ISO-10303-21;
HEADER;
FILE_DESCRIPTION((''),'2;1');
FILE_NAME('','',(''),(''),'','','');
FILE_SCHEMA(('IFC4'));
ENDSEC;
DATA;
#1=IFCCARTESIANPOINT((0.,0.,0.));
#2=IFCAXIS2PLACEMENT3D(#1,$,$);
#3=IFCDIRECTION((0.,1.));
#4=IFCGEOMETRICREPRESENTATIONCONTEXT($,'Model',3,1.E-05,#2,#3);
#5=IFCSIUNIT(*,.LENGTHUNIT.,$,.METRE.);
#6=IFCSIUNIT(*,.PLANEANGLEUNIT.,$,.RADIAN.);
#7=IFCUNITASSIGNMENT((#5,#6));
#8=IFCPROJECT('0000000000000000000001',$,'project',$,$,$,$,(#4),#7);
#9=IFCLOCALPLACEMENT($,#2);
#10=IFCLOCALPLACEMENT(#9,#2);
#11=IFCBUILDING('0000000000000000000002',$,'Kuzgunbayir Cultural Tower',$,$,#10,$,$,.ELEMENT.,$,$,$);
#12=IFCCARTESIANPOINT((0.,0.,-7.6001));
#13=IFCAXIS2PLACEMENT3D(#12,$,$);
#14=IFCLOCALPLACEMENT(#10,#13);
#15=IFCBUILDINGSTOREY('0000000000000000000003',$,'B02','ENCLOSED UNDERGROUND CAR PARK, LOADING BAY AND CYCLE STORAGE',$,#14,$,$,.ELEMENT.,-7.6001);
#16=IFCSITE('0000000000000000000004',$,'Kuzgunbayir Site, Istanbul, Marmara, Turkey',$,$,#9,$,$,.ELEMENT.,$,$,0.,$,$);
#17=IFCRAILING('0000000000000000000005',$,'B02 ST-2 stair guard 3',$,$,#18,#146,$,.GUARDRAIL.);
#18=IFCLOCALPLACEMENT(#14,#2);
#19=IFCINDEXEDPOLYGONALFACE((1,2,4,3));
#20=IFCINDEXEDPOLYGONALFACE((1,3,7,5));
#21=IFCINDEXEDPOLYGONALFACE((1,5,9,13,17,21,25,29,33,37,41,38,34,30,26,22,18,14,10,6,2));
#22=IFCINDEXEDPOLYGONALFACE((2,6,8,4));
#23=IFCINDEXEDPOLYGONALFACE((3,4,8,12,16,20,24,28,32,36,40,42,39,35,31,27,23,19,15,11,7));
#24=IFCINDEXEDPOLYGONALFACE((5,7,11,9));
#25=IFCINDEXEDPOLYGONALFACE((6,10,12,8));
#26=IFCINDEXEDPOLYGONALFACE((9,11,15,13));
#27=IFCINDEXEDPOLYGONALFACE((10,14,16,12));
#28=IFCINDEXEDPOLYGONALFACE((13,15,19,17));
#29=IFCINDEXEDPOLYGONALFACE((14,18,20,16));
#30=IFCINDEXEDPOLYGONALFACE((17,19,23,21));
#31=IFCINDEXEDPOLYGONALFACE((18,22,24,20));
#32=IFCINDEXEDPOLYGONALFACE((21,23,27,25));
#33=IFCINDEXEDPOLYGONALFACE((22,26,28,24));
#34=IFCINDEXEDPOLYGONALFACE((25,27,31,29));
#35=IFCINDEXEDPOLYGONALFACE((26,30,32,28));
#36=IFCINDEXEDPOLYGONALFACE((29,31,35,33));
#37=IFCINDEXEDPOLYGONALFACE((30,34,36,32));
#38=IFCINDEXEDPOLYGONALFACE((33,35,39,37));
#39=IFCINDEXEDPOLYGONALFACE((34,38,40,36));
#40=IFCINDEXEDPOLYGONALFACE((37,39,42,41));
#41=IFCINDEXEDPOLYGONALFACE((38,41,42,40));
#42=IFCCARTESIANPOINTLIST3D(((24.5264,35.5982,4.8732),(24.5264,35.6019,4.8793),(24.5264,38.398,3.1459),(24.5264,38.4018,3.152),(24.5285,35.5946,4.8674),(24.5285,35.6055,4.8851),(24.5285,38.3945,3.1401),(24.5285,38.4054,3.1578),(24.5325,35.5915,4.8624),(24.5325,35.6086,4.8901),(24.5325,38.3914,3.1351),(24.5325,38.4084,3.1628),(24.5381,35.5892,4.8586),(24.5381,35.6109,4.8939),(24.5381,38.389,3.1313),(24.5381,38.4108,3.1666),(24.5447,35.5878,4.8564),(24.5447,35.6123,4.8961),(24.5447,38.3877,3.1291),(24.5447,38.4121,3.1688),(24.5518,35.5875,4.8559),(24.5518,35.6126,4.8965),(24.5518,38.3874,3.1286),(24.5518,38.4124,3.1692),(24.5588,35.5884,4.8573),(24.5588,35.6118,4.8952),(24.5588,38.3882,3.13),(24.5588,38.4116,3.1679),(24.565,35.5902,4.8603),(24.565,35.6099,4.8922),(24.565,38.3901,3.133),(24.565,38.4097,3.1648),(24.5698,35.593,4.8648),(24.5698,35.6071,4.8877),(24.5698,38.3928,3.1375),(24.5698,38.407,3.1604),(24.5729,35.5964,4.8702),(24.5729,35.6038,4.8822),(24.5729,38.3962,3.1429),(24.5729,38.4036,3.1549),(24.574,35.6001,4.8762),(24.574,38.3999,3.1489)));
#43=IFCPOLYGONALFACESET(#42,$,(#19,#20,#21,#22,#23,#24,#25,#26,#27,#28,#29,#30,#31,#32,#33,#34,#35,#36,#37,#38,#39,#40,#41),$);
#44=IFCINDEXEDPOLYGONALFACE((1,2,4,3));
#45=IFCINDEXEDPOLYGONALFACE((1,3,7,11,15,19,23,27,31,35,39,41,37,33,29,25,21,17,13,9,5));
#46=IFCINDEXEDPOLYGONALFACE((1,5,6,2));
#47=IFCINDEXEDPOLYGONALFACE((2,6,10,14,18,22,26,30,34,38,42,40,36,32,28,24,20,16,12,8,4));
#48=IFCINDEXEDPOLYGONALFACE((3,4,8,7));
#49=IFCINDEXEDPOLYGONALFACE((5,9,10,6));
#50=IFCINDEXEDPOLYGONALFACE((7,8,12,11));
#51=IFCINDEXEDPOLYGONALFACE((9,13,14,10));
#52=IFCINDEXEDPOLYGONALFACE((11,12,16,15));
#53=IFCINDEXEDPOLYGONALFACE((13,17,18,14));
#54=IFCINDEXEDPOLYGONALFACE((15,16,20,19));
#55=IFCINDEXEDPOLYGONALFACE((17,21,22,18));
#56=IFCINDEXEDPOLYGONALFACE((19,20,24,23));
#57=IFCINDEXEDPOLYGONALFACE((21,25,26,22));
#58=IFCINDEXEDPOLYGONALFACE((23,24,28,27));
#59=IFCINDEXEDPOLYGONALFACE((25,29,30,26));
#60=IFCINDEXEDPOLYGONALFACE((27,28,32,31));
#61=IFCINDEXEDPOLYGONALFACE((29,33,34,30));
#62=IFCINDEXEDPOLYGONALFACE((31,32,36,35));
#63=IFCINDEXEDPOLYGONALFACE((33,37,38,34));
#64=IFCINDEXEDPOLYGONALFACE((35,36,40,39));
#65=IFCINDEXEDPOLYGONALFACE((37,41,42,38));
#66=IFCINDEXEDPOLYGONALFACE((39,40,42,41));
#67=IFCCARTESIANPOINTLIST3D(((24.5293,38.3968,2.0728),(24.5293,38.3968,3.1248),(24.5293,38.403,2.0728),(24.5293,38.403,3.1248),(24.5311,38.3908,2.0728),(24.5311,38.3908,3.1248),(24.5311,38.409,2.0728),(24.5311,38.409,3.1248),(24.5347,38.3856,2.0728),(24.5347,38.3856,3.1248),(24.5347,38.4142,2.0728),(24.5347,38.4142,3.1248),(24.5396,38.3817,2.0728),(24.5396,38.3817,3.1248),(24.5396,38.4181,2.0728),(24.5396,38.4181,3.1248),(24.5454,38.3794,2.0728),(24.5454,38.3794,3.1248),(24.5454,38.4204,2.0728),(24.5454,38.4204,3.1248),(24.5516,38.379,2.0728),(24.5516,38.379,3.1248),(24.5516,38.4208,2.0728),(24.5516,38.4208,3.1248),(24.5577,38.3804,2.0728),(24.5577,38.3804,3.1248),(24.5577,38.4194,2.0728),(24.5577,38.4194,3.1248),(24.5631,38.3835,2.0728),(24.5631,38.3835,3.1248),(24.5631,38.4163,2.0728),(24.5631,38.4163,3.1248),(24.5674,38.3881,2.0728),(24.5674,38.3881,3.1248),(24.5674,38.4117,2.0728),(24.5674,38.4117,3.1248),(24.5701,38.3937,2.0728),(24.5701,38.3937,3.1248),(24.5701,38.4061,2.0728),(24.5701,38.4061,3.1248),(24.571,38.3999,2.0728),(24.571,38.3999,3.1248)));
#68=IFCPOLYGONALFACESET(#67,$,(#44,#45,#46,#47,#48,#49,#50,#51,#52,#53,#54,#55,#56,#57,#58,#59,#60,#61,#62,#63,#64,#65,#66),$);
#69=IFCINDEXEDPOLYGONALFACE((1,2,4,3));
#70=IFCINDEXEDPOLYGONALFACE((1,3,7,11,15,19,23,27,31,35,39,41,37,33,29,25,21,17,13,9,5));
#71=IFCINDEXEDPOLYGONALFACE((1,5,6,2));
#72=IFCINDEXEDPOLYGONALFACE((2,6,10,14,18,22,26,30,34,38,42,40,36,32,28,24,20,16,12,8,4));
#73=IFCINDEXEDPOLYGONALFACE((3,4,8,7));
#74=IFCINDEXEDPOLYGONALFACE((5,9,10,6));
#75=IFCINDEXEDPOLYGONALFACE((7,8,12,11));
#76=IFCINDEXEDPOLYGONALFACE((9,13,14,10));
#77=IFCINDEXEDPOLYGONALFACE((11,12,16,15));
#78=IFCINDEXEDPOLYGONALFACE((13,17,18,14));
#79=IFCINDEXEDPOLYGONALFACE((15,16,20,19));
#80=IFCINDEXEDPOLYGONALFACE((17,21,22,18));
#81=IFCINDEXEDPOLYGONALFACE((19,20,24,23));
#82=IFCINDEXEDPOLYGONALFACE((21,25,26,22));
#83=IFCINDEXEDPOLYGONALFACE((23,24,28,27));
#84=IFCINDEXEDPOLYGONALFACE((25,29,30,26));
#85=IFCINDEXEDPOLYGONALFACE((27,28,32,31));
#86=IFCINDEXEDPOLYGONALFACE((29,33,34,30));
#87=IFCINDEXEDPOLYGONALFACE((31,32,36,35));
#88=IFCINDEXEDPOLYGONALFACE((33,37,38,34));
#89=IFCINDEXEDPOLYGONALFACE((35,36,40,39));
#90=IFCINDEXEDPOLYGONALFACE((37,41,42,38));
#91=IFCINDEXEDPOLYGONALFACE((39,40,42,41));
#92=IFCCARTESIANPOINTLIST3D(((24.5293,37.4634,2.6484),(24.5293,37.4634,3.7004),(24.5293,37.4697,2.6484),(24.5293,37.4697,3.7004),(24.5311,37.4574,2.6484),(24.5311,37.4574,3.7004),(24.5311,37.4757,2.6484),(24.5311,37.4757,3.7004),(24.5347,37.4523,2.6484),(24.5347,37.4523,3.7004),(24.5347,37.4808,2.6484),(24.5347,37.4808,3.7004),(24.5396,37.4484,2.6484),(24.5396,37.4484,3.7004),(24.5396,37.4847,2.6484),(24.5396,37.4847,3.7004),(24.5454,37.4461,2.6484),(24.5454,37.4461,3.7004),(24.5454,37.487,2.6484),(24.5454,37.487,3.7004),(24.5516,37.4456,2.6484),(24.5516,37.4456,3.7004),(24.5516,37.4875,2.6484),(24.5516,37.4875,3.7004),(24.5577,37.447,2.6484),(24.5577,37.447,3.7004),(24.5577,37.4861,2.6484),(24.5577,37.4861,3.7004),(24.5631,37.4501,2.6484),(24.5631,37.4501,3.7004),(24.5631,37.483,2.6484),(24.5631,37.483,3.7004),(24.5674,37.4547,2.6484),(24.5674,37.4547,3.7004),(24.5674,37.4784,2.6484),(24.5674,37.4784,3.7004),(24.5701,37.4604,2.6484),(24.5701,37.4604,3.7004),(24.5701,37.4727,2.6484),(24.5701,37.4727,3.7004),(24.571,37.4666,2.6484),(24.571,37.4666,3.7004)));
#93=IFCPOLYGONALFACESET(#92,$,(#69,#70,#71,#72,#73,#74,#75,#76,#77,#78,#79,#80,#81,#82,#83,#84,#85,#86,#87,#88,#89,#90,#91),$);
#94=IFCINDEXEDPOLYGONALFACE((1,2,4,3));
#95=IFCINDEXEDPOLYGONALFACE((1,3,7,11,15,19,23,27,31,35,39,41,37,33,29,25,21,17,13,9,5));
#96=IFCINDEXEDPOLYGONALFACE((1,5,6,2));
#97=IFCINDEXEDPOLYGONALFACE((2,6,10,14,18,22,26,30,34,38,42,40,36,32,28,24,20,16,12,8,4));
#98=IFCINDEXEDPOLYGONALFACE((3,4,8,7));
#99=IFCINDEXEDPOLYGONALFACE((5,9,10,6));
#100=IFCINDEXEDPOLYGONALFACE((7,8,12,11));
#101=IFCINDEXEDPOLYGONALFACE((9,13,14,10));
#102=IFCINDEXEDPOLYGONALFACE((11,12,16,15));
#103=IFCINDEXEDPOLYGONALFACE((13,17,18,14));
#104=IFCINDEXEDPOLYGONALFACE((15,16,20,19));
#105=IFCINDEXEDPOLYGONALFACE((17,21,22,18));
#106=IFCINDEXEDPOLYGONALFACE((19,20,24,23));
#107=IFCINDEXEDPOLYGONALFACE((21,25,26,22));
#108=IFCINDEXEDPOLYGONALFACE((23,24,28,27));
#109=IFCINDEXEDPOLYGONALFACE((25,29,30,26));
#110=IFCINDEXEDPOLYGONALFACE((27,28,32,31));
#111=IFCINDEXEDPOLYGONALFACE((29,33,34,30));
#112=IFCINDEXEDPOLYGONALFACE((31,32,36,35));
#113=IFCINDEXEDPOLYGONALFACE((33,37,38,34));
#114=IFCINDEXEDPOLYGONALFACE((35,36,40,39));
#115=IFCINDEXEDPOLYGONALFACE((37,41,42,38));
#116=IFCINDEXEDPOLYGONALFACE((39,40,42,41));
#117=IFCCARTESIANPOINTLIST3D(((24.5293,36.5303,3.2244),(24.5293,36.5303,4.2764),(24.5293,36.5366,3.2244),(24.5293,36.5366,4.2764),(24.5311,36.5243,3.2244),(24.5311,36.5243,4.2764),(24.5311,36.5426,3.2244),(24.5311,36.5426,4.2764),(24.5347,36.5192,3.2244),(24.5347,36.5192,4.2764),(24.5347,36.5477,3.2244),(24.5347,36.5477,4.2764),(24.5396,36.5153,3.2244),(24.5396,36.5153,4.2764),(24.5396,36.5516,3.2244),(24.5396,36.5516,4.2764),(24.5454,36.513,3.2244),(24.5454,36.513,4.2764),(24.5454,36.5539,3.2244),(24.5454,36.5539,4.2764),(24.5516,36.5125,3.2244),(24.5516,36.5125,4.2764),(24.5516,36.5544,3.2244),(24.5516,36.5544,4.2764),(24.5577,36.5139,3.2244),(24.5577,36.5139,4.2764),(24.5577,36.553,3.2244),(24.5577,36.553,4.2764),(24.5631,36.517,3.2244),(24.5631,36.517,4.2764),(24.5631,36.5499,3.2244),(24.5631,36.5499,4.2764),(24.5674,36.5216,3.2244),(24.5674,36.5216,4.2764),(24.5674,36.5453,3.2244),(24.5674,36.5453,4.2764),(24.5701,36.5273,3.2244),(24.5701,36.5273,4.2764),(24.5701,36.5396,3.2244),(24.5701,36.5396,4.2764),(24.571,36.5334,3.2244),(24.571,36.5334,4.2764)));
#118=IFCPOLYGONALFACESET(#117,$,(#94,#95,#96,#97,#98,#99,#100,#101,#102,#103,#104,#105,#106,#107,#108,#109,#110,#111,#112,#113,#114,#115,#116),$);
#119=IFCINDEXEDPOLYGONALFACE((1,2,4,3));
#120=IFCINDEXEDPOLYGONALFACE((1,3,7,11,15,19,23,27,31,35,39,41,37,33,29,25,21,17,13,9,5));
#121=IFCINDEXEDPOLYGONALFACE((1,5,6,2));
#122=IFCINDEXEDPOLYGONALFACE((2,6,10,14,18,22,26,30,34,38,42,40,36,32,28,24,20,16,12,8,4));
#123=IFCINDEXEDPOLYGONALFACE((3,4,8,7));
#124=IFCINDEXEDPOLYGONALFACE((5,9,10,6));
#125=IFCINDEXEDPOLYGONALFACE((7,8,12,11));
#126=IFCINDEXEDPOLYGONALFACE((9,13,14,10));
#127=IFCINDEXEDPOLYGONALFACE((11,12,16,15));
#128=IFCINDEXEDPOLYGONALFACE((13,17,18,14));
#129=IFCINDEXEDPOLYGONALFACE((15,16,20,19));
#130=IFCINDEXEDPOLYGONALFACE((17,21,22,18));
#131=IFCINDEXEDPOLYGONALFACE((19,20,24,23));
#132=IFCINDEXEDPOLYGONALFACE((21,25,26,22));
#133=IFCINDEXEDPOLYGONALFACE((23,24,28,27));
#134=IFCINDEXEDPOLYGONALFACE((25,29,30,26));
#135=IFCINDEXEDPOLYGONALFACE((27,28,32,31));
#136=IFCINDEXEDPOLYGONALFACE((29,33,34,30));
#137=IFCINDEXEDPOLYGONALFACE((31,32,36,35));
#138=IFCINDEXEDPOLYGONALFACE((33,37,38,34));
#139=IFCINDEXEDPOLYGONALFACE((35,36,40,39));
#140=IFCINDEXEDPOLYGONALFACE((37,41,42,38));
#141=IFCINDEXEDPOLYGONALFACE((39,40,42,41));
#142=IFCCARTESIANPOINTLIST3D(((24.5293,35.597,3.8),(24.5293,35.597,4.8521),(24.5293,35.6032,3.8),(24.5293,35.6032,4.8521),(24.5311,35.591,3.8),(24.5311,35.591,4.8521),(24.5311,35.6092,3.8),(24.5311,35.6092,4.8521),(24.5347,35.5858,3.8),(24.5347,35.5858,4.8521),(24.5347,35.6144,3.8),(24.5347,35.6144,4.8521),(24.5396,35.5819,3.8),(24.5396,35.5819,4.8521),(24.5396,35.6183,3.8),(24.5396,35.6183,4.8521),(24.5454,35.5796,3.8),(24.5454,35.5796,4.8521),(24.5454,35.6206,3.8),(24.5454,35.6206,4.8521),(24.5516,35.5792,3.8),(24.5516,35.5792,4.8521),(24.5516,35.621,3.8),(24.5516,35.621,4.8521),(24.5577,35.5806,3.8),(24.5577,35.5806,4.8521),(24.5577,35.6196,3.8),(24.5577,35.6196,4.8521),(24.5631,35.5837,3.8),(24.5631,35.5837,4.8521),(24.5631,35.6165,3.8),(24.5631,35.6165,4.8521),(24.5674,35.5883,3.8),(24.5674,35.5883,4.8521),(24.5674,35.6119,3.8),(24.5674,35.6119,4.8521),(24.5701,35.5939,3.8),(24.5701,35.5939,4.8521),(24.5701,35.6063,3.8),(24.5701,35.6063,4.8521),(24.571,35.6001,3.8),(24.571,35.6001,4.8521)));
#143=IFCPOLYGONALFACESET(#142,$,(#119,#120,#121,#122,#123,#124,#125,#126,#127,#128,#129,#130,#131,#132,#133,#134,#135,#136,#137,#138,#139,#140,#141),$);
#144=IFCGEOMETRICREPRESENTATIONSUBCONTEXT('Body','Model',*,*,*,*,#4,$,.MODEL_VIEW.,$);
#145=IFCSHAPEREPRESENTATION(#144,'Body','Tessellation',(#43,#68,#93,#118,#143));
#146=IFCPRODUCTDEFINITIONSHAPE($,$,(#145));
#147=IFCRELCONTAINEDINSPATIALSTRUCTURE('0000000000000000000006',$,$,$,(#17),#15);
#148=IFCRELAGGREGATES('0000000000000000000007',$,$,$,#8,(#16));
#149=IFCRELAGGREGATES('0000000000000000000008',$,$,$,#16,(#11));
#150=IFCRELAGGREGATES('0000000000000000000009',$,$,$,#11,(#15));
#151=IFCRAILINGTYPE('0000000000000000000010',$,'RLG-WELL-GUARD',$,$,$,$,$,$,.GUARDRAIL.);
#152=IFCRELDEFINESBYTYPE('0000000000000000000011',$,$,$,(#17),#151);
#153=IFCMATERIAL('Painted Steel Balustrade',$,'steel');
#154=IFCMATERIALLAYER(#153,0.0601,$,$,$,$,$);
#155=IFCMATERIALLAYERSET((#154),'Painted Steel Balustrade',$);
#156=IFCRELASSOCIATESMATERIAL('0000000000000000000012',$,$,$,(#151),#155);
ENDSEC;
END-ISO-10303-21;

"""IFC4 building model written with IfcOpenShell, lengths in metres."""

from ifc_helpers import new_model, si_unit, direction, frame, origin, origin_2d, place, context, subcontext, project, spatial, circle, extrude, material, layer, layer_set, type_object, element, save


model = new_model("IFC4")

# Units and contexts
model_context = context("Model", 3, precision=1e-05, world=origin(), true_north=direction((0.0, 1.0)))
body_context = subcontext(model_context, "Body", "Model", "MODEL_VIEW")
ifc_project = project(units=[si_unit("LENGTHUNIT", "METRE"), si_unit("PLANEANGLEUNIT", "RADIAN")], contexts=[model_context])

# Site, building, storey
site_placement = place(None, origin())
site = spatial("IfcSite", under=ifc_project, at=site_placement, Name="Kuzgunbayir Site, Istanbul, Marmara, Turkey", CompositionType="ELEMENT", RefElevation=0.0)
building_placement = place(site_placement, origin())
building = spatial("IfcBuilding", under=site, at=building_placement, Name="Kuzgunbayir Cultural Tower", CompositionType="ELEMENT")
storey_placement = place(building_placement, frame((0.0, 0.0, -7.6001)))
storey = spatial("IfcBuildingStorey", under=building, at=storey_placement, Name="B02", Description="ENCLOSED UNDERGROUND CAR PARK, LOADING BAY AND CYCLE STORAGE", CompositionType="ELEMENT", Elevation=-7.6001)

# Railing
ifc_material_1 = material(Name="Painted Steel Balustrade", Category="steel")
ifc_layer_1 = layer(ifc_material_1, 0.0601)
ifc_layer_set_1 = layer_set([ifc_layer_1], Name="Painted Steel Balustrade")
railing_type_1 = type_object("IfcRailingType", Name="RLG-WELL-GUARD", PredefinedType="GUARDRAIL", material=ifc_layer_set_1)
railing_1_placement = place(storey_placement, frame((24.55, 38.3999, 2.0728)))
element("IfcRailing", 1, at=railing_1_placement, inside=storey, type_object=railing_type_1, Name="B02 ST-2 stair guard 3", PredefinedType="GUARDRAIL", context=body_context, shape_type="SweptSolid", body=[
    extrude(circle(Radius=0.0239, at=origin_2d()), frame((0.0, 0.0, 1.0762), z_axis=(0.0, -0.851069, 0.525054), x_axis=(1.0, 0.0, 0.0)), (0.0, 0.0, 1.0), 3.2898),
    extrude(circle(Radius=0.021, at=origin_2d()), origin(), (0.0, 0.0, 1.0), 1.052),
    extrude(circle(Radius=0.021, at=origin_2d()), frame((0.0, -0.9333, 0.5757)), (0.0, 0.0, 1.0), 1.052),
    extrude(circle(Radius=0.021, at=origin_2d()), frame((0.0, -1.8665, 1.1516)), (0.0, 0.0, 1.0), 1.052),
    extrude(circle(Radius=0.021, at=origin_2d()), frame((0.0, -2.7998, 1.7273)), (0.0, 0.0, 1.0), 1.052),
])

save(model, "model.ifc")
